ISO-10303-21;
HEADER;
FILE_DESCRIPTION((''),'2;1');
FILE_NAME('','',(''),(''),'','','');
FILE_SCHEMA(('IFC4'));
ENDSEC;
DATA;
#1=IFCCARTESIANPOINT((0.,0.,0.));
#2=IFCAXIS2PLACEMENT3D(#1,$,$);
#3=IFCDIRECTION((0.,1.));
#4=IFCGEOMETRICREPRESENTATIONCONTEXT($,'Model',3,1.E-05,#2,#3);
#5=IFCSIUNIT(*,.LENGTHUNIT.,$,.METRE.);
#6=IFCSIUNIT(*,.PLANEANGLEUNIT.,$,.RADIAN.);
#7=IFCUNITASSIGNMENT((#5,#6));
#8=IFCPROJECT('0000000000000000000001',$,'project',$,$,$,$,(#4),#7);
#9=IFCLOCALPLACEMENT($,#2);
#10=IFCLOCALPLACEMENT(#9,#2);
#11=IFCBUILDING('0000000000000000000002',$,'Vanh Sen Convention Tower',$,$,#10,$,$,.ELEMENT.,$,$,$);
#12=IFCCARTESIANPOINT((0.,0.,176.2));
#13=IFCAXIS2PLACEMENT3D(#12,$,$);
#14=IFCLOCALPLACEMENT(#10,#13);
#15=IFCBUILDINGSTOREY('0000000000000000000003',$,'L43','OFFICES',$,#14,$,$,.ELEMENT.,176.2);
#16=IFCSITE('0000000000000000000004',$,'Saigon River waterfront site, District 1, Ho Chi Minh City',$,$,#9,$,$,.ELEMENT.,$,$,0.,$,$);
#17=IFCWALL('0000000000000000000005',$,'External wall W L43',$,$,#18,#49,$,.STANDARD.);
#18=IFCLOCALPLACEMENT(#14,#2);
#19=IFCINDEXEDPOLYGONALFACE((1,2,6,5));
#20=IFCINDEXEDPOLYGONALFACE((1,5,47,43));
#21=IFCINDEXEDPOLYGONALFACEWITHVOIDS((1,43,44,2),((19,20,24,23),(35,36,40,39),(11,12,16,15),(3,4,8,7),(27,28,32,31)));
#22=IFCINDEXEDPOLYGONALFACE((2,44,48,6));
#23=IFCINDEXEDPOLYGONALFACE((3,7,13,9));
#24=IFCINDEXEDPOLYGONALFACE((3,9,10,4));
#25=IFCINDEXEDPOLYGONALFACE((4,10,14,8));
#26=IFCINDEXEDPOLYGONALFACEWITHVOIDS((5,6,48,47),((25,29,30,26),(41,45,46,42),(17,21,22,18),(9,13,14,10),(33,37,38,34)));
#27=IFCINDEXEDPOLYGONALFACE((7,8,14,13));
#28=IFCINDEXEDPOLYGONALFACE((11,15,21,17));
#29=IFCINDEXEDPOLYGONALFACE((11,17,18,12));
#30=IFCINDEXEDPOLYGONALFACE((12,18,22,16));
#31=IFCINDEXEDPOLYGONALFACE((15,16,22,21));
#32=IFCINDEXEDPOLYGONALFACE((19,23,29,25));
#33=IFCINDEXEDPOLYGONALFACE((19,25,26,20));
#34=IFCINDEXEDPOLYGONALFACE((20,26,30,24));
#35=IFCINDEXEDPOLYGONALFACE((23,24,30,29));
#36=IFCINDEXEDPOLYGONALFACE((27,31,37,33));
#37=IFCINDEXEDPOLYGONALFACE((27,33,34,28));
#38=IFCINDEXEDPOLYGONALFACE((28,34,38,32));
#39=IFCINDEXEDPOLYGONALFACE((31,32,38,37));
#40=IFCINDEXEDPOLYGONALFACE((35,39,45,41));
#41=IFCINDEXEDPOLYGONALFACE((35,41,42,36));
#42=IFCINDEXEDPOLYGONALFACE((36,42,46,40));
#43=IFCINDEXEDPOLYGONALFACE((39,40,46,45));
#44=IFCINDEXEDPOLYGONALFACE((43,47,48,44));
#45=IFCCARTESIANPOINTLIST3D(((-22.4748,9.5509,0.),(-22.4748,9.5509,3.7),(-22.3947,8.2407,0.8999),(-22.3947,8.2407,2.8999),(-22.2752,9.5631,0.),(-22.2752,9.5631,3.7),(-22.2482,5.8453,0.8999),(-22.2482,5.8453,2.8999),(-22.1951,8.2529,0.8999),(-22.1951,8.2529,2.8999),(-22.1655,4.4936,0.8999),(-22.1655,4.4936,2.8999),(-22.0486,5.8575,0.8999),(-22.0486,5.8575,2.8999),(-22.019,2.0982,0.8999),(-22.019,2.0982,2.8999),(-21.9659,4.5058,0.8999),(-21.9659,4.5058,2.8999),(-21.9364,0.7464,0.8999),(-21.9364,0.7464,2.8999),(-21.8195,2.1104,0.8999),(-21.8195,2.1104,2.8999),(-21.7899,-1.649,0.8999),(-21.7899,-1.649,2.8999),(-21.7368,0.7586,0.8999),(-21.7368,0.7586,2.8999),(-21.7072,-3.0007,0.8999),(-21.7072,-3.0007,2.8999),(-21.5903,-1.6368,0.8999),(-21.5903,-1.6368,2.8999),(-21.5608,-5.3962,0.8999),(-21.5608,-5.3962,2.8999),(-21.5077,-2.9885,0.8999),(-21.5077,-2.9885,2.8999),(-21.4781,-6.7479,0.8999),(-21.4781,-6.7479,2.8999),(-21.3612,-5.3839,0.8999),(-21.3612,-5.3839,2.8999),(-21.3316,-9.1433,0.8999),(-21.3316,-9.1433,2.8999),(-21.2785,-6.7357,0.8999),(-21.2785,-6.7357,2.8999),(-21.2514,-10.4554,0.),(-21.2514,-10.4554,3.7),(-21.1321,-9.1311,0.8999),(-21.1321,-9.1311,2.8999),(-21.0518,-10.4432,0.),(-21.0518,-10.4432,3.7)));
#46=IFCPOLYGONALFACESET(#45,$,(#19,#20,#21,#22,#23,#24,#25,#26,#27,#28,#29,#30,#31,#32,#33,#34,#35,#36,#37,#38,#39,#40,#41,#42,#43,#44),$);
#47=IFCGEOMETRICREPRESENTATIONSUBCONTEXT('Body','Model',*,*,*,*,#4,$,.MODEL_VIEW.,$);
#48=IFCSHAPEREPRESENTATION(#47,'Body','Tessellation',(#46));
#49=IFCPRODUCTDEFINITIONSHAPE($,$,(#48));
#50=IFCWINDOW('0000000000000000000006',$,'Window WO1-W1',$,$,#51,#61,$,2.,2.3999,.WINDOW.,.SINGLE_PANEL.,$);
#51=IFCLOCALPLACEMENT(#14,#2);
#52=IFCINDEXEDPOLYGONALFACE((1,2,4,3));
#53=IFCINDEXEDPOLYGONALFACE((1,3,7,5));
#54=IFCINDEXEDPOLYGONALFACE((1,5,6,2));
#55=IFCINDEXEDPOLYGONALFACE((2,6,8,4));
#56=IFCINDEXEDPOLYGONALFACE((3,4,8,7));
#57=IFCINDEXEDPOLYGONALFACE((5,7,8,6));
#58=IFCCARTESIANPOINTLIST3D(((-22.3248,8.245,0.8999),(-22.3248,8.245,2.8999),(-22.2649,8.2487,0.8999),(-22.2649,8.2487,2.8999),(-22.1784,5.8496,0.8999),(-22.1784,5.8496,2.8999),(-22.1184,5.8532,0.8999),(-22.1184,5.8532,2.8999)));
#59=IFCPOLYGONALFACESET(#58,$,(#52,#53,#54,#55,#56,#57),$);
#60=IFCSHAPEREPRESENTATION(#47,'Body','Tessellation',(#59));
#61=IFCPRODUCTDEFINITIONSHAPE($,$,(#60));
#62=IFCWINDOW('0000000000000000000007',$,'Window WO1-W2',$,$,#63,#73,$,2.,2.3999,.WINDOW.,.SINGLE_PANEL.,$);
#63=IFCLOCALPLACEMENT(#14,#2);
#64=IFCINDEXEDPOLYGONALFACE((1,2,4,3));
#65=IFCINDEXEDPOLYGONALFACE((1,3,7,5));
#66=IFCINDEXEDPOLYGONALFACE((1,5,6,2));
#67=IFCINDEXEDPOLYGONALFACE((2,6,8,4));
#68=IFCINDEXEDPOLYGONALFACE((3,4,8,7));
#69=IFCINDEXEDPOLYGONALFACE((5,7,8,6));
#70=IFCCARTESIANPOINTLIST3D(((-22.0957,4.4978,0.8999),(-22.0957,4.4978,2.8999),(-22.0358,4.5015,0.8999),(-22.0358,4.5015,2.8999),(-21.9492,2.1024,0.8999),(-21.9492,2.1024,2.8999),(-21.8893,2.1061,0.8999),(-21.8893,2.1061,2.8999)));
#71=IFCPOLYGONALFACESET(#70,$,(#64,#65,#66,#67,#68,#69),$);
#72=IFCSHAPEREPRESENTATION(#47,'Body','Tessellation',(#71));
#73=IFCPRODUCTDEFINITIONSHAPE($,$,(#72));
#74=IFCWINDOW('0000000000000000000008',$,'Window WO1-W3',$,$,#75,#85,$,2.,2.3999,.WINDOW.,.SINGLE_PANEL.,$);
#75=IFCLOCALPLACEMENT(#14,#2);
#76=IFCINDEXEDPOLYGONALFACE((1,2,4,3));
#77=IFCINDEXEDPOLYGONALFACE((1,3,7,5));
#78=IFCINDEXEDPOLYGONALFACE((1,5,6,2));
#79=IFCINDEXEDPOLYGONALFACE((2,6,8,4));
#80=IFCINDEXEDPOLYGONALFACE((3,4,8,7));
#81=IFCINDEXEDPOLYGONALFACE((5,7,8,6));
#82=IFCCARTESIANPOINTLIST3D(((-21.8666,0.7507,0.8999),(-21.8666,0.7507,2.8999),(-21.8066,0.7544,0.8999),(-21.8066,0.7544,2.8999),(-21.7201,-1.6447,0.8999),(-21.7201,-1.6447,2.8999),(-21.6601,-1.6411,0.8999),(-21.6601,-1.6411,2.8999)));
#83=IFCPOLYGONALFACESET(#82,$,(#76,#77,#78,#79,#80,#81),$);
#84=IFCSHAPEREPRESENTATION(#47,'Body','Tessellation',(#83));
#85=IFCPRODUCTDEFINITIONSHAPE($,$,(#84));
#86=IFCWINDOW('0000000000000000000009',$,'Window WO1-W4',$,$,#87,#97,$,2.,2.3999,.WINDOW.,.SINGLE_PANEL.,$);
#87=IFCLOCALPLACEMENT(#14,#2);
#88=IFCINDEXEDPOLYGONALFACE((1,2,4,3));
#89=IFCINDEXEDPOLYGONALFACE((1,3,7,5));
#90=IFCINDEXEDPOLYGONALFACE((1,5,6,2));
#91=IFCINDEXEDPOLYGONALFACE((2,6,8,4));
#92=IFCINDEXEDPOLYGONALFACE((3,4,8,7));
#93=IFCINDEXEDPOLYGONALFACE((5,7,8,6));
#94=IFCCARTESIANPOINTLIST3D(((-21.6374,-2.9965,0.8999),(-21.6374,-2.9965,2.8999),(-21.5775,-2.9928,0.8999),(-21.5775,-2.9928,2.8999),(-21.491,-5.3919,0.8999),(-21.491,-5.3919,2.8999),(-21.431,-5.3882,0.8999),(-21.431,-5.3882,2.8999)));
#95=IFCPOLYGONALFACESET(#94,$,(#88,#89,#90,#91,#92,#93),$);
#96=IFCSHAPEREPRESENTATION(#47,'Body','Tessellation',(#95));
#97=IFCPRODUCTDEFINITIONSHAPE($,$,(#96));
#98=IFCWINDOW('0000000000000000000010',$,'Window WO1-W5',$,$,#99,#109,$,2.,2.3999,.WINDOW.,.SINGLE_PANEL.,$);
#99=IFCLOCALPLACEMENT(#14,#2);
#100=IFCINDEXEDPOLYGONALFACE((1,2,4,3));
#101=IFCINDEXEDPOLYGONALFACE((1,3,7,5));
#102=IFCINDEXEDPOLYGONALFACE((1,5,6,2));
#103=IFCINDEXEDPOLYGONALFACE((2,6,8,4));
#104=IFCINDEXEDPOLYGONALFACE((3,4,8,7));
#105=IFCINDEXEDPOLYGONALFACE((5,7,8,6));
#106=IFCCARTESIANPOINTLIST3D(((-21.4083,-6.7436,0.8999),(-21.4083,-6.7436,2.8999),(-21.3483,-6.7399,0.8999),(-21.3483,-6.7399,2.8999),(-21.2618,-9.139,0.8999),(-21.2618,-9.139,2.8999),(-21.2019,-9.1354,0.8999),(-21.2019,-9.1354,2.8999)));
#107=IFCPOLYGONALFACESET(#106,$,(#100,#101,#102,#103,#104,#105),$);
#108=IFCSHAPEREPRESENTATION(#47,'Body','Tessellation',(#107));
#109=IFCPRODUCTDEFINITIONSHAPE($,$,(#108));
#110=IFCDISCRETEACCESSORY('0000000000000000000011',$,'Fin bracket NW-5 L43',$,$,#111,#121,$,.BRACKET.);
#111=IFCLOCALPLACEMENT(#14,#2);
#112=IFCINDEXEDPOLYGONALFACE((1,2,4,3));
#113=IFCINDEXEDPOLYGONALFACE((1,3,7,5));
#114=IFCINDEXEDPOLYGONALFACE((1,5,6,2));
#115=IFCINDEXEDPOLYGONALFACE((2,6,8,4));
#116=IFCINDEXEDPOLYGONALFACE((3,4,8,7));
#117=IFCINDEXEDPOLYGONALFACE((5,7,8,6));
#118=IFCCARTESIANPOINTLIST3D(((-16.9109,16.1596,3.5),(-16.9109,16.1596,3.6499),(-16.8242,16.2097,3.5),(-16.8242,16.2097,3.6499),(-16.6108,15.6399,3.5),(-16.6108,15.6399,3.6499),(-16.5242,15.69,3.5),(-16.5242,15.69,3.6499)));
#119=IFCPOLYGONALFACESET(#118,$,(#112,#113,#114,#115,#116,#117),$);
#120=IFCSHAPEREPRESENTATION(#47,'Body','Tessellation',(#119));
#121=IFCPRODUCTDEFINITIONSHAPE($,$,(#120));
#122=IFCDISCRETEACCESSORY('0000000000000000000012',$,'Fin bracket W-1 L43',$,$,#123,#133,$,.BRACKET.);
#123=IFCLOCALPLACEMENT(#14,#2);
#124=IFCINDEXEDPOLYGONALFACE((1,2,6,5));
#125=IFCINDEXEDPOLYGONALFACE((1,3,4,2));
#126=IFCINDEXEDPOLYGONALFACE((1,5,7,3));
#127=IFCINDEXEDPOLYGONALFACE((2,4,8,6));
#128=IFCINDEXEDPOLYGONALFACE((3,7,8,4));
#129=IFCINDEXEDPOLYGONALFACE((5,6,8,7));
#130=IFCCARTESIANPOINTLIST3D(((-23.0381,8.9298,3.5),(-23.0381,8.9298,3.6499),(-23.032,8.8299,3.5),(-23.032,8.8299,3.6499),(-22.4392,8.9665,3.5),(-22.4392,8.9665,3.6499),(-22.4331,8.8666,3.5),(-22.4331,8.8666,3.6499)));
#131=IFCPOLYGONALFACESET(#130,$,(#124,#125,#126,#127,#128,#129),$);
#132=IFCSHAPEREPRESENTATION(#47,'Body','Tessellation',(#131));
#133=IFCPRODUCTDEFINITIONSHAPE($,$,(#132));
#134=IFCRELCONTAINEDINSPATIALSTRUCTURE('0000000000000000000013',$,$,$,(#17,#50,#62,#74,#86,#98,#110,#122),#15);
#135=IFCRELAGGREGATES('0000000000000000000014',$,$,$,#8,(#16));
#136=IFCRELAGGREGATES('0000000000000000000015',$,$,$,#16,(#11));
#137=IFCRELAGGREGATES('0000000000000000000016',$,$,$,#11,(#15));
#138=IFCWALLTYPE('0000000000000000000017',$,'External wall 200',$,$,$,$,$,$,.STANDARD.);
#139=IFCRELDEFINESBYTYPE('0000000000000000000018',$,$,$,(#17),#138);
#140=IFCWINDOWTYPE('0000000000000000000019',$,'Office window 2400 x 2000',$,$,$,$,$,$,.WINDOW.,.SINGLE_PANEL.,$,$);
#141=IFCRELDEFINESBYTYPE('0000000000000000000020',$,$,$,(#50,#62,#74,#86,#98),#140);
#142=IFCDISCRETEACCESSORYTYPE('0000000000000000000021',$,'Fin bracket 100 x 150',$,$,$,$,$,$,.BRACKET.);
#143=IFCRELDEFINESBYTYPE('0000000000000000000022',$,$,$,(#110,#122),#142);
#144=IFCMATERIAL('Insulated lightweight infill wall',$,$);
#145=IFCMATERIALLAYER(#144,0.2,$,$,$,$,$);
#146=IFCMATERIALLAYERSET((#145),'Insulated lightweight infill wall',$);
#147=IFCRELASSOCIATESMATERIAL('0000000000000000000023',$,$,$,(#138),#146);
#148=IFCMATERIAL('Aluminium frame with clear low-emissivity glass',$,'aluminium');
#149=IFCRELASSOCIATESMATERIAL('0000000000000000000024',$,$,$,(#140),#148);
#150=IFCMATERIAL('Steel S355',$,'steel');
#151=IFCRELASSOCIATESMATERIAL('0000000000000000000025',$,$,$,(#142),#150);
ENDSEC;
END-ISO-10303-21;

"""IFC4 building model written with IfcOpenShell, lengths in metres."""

from ifc_helpers import new_model, si_unit, direction, frame, frame_2d, origin, origin_2d, place, context, subcontext, project, spatial, rectangle, extrude, material, layer, layer_set, type_object, element, fill, save


model = new_model("IFC4")

# Units and contexts
model_context = context("Model", 3, precision=1e-05, world=origin(), true_north=direction((0.0, 1.0)))
body_context = subcontext(model_context, "Body", "Model", "MODEL_VIEW")
ifc_project = project(units=[si_unit("LENGTHUNIT", "METRE"), si_unit("PLANEANGLEUNIT", "RADIAN")], contexts=[model_context])

# Site, building, storey
site_placement = place(None, origin())
site = spatial("IfcSite", under=ifc_project, at=site_placement, Name="Saigon River waterfront site, District 1, Ho Chi Minh City", CompositionType="ELEMENT", RefElevation=0.0)
building_placement = place(site_placement, origin())
building = spatial("IfcBuilding", under=site, at=building_placement, Name="Vanh Sen Convention Tower", CompositionType="ELEMENT")
storey_placement = place(building_placement, frame((0.0, 0.0, 176.2)))
storey = spatial("IfcBuildingStorey", under=building, at=storey_placement, Name="L43", Description="OFFICES", CompositionType="ELEMENT", Elevation=176.2)

# Shared definitions
ifc_material_1 = material(Name="Insulated lightweight infill wall")
ifc_layer_1 = layer(ifc_material_1, 0.2)
ifc_layer_set_1 = layer_set([ifc_layer_1], Name="Insulated lightweight infill wall")
wall_type_1 = type_object("IfcWallType", Name="External wall 200", PredefinedType="STANDARD", material=ifc_layer_set_1)
ifc_material_2 = material(Name="Aluminium frame with clear low-emissivity glass", Category="aluminium")

# Wall, openings, windows
wall_1_placement = place(storey_placement, frame((-22.375, 9.5571, 0.0), z_axis=(0.0, 0.0, 1.0), x_axis=(0.061036, -0.998136, 0.0)))
wall_1 = element("IfcWall", 1, at=wall_1_placement, inside=storey, type_object=wall_type_1, Name="External wall W L43", PredefinedType="STANDARD", context=body_context, shape_type="SweptSolid", body=[
    extrude(rectangle(XDim=20.0437, YDim=0.2, at=frame_2d((10.022, 0.0))), origin(), (0.0, 0.0, 1.0), 3.7),
])
opening_1_placement = place(wall_1_placement, frame((1.3127, 0.0, 0.8999)))
opening_1 = element("IfcOpeningElement", 2, at=opening_1_placement, cuts=wall_1, PredefinedType="OPENING", context=body_context, shape_type="SweptSolid", body=[
    extrude(rectangle(XDim=2.3999, YDim=2.0, at=frame_2d((1.2, 1.0))), frame((0.0, 0.1099, 0.0), z_axis=(0.0, -1.0, 0.0), x_axis=(1.0, 0.0, 0.0)), (0.0, 0.0, 1.0), 0.22),
])
opening_2_placement = place(wall_1_placement, frame((5.0669, 0.0, 0.8999)))
opening_2 = element("IfcOpeningElement", 3, at=opening_2_placement, cuts=wall_1, PredefinedType="OPENING", context=body_context, shape_type="SweptSolid", body=[
    extrude(rectangle(XDim=2.3999, YDim=2.0, at=frame_2d((1.2, 1.0))), frame((0.0, 0.1099, 0.0), z_axis=(0.0, -1.0, 0.0), x_axis=(1.0, 0.0, 0.0)), (0.0, 0.0, 1.0), 0.22),
])
opening_3_placement = place(wall_1_placement, frame((8.821, 0.0, 0.8999)))
opening_3 = element("IfcOpeningElement", 4, at=opening_3_placement, cuts=wall_1, PredefinedType="OPENING", context=body_context, shape_type="SweptSolid", body=[
    extrude(rectangle(XDim=2.3999, YDim=2.0, at=frame_2d((1.2, 1.0))), frame((0.0, 0.1099, 0.0), z_axis=(0.0, -1.0, 0.0), x_axis=(1.0, 0.0, 0.0)), (0.0, 0.0, 1.0), 0.22),
])
opening_4_placement = place(wall_1_placement, frame((12.5752, 0.0, 0.8999)))
opening_4 = element("IfcOpeningElement", 5, at=opening_4_placement, cuts=wall_1, PredefinedType="OPENING", context=body_context, shape_type="SweptSolid", body=[
    extrude(rectangle(XDim=2.3999, YDim=2.0, at=frame_2d((1.2, 1.0))), frame((0.0, 0.1099, 0.0), z_axis=(0.0, -1.0, 0.0), x_axis=(1.0, 0.0, 0.0)), (0.0, 0.0, 1.0), 0.22),
])
opening_5_placement = place(wall_1_placement, frame((16.3293, 0.0, 0.8999)))
opening_5 = element("IfcOpeningElement", 6, at=opening_5_placement, cuts=wall_1, PredefinedType="OPENING", context=body_context, shape_type="SweptSolid", body=[
    extrude(rectangle(XDim=2.3999, YDim=2.0, at=frame_2d((1.2, 1.0))), frame((0.0, 0.1099, 0.0), z_axis=(0.0, -1.0, 0.0), x_axis=(1.0, 0.0, 0.0)), (0.0, 0.0, 1.0), 0.22),
])
window_type_1 = type_object("IfcWindowType", Name="Office window 2400 x 2000", PartitioningType="SINGLE_PANEL", PredefinedType="WINDOW", material=ifc_material_2)
window_1_placement = place(opening_1_placement, origin())
window_1 = element("IfcWindow", 7, at=window_1_placement, inside=storey, type_object=window_type_1, Name="Window WO1-W1", OverallHeight=2.0, OverallWidth=2.3999, PartitioningType="SINGLE_PANEL", PredefinedType="WINDOW", context=body_context, shape_type="SweptSolid", body=[
    extrude(rectangle(XDim=2.3999, YDim=2.0, at=frame_2d((1.2, 1.0))), frame((0.0, 0.03, 0.0), z_axis=(0.0, -1.0, 0.0), x_axis=(1.0, 0.0, 0.0)), (0.0, 0.0, 1.0), 0.0601),
])
fill(opening_1, window_1)
window_2_placement = place(opening_2_placement, origin())
window_2 = element("IfcWindow", 8, at=window_2_placement, inside=storey, type_object=window_type_1, Name="Window WO1-W2", OverallHeight=2.0, OverallWidth=2.3999, PartitioningType="SINGLE_PANEL", PredefinedType="WINDOW", context=body_context, shape_type="SweptSolid", body=[
    extrude(rectangle(XDim=2.3999, YDim=2.0, at=frame_2d((1.2, 1.0))), frame((0.0, 0.03, 0.0), z_axis=(0.0, -1.0, 0.0), x_axis=(1.0, 0.0, 0.0)), (0.0, 0.0, 1.0), 0.0601),
])
fill(opening_2, window_2)
window_3_placement = place(opening_3_placement, origin())
window_3 = element("IfcWindow", 9, at=window_3_placement, inside=storey, type_object=window_type_1, Name="Window WO1-W3", OverallHeight=2.0, OverallWidth=2.3999, PartitioningType="SINGLE_PANEL", PredefinedType="WINDOW", context=body_context, shape_type="SweptSolid", body=[
    extrude(rectangle(XDim=2.3999, YDim=2.0, at=frame_2d((1.2, 1.0))), frame((0.0, 0.03, 0.0), z_axis=(0.0, -1.0, 0.0), x_axis=(1.0, 0.0, 0.0)), (0.0, 0.0, 1.0), 0.0601),
])
fill(opening_3, window_3)
window_4_placement = place(opening_4_placement, origin())
window_4 = element("IfcWindow", 10, at=window_4_placement, inside=storey, type_object=window_type_1, Name="Window WO1-W4", OverallHeight=2.0, OverallWidth=2.3999, PartitioningType="SINGLE_PANEL", PredefinedType="WINDOW", context=body_context, shape_type="SweptSolid", body=[
    extrude(rectangle(XDim=2.3999, YDim=2.0, at=frame_2d((1.2, 1.0))), frame((0.0, 0.03, 0.0), z_axis=(0.0, -1.0, 0.0), x_axis=(1.0, 0.0, 0.0)), (0.0, 0.0, 1.0), 0.0601),
])
fill(opening_4, window_4)
window_5_placement = place(opening_5_placement, origin())
window_5 = element("IfcWindow", 11, at=window_5_placement, inside=storey, type_object=window_type_1, Name="Window WO1-W5", OverallHeight=2.0, OverallWidth=2.3999, PartitioningType="SINGLE_PANEL", PredefinedType="WINDOW", context=body_context, shape_type="SweptSolid", body=[
    extrude(rectangle(XDim=2.3999, YDim=2.0, at=frame_2d((1.2, 1.0))), frame((0.0, 0.03, 0.0), z_axis=(0.0, -1.0, 0.0), x_axis=(1.0, 0.0, 0.0)), (0.0, 0.0, 1.0), 0.0601),
])
fill(opening_5, window_5)

# Discrete accessories
ifc_material_3 = material(Name="Steel S355", Category="steel")
discrete_accessory_type = type_object("IfcDiscreteAccessoryType", Name="Fin bracket 100 x 150", PredefinedType="BRACKET", material=ifc_material_3)
for number, where, z_axis, x_axis, name in (
    (12, (-16.7175, 15.9248, 3.5), (0.0, 0.0, 1.0), (-0.5, 0.866025, 0.0), "Fin bracket NW-5 L43"),
    (13, (-22.7356, 8.8982, 3.5), (0.0, 0.0, 1.0), (-0.998135, -0.061049, 0.0), "Fin bracket W-1 L43"),
):
    element("IfcDiscreteAccessory", number, at=place(storey_placement, frame(where, z_axis=z_axis, x_axis=x_axis)), inside=storey, type_object=discrete_accessory_type, Name=name, PredefinedType="BRACKET", context=body_context, shape_type="SweptSolid", body=[
        extrude(rectangle(XDim=0.6001, YDim=0.1001, at=origin_2d()), origin(), (0.0, 0.0, 1.0), 0.1499),
    ])

save(model, "model.ifc")
